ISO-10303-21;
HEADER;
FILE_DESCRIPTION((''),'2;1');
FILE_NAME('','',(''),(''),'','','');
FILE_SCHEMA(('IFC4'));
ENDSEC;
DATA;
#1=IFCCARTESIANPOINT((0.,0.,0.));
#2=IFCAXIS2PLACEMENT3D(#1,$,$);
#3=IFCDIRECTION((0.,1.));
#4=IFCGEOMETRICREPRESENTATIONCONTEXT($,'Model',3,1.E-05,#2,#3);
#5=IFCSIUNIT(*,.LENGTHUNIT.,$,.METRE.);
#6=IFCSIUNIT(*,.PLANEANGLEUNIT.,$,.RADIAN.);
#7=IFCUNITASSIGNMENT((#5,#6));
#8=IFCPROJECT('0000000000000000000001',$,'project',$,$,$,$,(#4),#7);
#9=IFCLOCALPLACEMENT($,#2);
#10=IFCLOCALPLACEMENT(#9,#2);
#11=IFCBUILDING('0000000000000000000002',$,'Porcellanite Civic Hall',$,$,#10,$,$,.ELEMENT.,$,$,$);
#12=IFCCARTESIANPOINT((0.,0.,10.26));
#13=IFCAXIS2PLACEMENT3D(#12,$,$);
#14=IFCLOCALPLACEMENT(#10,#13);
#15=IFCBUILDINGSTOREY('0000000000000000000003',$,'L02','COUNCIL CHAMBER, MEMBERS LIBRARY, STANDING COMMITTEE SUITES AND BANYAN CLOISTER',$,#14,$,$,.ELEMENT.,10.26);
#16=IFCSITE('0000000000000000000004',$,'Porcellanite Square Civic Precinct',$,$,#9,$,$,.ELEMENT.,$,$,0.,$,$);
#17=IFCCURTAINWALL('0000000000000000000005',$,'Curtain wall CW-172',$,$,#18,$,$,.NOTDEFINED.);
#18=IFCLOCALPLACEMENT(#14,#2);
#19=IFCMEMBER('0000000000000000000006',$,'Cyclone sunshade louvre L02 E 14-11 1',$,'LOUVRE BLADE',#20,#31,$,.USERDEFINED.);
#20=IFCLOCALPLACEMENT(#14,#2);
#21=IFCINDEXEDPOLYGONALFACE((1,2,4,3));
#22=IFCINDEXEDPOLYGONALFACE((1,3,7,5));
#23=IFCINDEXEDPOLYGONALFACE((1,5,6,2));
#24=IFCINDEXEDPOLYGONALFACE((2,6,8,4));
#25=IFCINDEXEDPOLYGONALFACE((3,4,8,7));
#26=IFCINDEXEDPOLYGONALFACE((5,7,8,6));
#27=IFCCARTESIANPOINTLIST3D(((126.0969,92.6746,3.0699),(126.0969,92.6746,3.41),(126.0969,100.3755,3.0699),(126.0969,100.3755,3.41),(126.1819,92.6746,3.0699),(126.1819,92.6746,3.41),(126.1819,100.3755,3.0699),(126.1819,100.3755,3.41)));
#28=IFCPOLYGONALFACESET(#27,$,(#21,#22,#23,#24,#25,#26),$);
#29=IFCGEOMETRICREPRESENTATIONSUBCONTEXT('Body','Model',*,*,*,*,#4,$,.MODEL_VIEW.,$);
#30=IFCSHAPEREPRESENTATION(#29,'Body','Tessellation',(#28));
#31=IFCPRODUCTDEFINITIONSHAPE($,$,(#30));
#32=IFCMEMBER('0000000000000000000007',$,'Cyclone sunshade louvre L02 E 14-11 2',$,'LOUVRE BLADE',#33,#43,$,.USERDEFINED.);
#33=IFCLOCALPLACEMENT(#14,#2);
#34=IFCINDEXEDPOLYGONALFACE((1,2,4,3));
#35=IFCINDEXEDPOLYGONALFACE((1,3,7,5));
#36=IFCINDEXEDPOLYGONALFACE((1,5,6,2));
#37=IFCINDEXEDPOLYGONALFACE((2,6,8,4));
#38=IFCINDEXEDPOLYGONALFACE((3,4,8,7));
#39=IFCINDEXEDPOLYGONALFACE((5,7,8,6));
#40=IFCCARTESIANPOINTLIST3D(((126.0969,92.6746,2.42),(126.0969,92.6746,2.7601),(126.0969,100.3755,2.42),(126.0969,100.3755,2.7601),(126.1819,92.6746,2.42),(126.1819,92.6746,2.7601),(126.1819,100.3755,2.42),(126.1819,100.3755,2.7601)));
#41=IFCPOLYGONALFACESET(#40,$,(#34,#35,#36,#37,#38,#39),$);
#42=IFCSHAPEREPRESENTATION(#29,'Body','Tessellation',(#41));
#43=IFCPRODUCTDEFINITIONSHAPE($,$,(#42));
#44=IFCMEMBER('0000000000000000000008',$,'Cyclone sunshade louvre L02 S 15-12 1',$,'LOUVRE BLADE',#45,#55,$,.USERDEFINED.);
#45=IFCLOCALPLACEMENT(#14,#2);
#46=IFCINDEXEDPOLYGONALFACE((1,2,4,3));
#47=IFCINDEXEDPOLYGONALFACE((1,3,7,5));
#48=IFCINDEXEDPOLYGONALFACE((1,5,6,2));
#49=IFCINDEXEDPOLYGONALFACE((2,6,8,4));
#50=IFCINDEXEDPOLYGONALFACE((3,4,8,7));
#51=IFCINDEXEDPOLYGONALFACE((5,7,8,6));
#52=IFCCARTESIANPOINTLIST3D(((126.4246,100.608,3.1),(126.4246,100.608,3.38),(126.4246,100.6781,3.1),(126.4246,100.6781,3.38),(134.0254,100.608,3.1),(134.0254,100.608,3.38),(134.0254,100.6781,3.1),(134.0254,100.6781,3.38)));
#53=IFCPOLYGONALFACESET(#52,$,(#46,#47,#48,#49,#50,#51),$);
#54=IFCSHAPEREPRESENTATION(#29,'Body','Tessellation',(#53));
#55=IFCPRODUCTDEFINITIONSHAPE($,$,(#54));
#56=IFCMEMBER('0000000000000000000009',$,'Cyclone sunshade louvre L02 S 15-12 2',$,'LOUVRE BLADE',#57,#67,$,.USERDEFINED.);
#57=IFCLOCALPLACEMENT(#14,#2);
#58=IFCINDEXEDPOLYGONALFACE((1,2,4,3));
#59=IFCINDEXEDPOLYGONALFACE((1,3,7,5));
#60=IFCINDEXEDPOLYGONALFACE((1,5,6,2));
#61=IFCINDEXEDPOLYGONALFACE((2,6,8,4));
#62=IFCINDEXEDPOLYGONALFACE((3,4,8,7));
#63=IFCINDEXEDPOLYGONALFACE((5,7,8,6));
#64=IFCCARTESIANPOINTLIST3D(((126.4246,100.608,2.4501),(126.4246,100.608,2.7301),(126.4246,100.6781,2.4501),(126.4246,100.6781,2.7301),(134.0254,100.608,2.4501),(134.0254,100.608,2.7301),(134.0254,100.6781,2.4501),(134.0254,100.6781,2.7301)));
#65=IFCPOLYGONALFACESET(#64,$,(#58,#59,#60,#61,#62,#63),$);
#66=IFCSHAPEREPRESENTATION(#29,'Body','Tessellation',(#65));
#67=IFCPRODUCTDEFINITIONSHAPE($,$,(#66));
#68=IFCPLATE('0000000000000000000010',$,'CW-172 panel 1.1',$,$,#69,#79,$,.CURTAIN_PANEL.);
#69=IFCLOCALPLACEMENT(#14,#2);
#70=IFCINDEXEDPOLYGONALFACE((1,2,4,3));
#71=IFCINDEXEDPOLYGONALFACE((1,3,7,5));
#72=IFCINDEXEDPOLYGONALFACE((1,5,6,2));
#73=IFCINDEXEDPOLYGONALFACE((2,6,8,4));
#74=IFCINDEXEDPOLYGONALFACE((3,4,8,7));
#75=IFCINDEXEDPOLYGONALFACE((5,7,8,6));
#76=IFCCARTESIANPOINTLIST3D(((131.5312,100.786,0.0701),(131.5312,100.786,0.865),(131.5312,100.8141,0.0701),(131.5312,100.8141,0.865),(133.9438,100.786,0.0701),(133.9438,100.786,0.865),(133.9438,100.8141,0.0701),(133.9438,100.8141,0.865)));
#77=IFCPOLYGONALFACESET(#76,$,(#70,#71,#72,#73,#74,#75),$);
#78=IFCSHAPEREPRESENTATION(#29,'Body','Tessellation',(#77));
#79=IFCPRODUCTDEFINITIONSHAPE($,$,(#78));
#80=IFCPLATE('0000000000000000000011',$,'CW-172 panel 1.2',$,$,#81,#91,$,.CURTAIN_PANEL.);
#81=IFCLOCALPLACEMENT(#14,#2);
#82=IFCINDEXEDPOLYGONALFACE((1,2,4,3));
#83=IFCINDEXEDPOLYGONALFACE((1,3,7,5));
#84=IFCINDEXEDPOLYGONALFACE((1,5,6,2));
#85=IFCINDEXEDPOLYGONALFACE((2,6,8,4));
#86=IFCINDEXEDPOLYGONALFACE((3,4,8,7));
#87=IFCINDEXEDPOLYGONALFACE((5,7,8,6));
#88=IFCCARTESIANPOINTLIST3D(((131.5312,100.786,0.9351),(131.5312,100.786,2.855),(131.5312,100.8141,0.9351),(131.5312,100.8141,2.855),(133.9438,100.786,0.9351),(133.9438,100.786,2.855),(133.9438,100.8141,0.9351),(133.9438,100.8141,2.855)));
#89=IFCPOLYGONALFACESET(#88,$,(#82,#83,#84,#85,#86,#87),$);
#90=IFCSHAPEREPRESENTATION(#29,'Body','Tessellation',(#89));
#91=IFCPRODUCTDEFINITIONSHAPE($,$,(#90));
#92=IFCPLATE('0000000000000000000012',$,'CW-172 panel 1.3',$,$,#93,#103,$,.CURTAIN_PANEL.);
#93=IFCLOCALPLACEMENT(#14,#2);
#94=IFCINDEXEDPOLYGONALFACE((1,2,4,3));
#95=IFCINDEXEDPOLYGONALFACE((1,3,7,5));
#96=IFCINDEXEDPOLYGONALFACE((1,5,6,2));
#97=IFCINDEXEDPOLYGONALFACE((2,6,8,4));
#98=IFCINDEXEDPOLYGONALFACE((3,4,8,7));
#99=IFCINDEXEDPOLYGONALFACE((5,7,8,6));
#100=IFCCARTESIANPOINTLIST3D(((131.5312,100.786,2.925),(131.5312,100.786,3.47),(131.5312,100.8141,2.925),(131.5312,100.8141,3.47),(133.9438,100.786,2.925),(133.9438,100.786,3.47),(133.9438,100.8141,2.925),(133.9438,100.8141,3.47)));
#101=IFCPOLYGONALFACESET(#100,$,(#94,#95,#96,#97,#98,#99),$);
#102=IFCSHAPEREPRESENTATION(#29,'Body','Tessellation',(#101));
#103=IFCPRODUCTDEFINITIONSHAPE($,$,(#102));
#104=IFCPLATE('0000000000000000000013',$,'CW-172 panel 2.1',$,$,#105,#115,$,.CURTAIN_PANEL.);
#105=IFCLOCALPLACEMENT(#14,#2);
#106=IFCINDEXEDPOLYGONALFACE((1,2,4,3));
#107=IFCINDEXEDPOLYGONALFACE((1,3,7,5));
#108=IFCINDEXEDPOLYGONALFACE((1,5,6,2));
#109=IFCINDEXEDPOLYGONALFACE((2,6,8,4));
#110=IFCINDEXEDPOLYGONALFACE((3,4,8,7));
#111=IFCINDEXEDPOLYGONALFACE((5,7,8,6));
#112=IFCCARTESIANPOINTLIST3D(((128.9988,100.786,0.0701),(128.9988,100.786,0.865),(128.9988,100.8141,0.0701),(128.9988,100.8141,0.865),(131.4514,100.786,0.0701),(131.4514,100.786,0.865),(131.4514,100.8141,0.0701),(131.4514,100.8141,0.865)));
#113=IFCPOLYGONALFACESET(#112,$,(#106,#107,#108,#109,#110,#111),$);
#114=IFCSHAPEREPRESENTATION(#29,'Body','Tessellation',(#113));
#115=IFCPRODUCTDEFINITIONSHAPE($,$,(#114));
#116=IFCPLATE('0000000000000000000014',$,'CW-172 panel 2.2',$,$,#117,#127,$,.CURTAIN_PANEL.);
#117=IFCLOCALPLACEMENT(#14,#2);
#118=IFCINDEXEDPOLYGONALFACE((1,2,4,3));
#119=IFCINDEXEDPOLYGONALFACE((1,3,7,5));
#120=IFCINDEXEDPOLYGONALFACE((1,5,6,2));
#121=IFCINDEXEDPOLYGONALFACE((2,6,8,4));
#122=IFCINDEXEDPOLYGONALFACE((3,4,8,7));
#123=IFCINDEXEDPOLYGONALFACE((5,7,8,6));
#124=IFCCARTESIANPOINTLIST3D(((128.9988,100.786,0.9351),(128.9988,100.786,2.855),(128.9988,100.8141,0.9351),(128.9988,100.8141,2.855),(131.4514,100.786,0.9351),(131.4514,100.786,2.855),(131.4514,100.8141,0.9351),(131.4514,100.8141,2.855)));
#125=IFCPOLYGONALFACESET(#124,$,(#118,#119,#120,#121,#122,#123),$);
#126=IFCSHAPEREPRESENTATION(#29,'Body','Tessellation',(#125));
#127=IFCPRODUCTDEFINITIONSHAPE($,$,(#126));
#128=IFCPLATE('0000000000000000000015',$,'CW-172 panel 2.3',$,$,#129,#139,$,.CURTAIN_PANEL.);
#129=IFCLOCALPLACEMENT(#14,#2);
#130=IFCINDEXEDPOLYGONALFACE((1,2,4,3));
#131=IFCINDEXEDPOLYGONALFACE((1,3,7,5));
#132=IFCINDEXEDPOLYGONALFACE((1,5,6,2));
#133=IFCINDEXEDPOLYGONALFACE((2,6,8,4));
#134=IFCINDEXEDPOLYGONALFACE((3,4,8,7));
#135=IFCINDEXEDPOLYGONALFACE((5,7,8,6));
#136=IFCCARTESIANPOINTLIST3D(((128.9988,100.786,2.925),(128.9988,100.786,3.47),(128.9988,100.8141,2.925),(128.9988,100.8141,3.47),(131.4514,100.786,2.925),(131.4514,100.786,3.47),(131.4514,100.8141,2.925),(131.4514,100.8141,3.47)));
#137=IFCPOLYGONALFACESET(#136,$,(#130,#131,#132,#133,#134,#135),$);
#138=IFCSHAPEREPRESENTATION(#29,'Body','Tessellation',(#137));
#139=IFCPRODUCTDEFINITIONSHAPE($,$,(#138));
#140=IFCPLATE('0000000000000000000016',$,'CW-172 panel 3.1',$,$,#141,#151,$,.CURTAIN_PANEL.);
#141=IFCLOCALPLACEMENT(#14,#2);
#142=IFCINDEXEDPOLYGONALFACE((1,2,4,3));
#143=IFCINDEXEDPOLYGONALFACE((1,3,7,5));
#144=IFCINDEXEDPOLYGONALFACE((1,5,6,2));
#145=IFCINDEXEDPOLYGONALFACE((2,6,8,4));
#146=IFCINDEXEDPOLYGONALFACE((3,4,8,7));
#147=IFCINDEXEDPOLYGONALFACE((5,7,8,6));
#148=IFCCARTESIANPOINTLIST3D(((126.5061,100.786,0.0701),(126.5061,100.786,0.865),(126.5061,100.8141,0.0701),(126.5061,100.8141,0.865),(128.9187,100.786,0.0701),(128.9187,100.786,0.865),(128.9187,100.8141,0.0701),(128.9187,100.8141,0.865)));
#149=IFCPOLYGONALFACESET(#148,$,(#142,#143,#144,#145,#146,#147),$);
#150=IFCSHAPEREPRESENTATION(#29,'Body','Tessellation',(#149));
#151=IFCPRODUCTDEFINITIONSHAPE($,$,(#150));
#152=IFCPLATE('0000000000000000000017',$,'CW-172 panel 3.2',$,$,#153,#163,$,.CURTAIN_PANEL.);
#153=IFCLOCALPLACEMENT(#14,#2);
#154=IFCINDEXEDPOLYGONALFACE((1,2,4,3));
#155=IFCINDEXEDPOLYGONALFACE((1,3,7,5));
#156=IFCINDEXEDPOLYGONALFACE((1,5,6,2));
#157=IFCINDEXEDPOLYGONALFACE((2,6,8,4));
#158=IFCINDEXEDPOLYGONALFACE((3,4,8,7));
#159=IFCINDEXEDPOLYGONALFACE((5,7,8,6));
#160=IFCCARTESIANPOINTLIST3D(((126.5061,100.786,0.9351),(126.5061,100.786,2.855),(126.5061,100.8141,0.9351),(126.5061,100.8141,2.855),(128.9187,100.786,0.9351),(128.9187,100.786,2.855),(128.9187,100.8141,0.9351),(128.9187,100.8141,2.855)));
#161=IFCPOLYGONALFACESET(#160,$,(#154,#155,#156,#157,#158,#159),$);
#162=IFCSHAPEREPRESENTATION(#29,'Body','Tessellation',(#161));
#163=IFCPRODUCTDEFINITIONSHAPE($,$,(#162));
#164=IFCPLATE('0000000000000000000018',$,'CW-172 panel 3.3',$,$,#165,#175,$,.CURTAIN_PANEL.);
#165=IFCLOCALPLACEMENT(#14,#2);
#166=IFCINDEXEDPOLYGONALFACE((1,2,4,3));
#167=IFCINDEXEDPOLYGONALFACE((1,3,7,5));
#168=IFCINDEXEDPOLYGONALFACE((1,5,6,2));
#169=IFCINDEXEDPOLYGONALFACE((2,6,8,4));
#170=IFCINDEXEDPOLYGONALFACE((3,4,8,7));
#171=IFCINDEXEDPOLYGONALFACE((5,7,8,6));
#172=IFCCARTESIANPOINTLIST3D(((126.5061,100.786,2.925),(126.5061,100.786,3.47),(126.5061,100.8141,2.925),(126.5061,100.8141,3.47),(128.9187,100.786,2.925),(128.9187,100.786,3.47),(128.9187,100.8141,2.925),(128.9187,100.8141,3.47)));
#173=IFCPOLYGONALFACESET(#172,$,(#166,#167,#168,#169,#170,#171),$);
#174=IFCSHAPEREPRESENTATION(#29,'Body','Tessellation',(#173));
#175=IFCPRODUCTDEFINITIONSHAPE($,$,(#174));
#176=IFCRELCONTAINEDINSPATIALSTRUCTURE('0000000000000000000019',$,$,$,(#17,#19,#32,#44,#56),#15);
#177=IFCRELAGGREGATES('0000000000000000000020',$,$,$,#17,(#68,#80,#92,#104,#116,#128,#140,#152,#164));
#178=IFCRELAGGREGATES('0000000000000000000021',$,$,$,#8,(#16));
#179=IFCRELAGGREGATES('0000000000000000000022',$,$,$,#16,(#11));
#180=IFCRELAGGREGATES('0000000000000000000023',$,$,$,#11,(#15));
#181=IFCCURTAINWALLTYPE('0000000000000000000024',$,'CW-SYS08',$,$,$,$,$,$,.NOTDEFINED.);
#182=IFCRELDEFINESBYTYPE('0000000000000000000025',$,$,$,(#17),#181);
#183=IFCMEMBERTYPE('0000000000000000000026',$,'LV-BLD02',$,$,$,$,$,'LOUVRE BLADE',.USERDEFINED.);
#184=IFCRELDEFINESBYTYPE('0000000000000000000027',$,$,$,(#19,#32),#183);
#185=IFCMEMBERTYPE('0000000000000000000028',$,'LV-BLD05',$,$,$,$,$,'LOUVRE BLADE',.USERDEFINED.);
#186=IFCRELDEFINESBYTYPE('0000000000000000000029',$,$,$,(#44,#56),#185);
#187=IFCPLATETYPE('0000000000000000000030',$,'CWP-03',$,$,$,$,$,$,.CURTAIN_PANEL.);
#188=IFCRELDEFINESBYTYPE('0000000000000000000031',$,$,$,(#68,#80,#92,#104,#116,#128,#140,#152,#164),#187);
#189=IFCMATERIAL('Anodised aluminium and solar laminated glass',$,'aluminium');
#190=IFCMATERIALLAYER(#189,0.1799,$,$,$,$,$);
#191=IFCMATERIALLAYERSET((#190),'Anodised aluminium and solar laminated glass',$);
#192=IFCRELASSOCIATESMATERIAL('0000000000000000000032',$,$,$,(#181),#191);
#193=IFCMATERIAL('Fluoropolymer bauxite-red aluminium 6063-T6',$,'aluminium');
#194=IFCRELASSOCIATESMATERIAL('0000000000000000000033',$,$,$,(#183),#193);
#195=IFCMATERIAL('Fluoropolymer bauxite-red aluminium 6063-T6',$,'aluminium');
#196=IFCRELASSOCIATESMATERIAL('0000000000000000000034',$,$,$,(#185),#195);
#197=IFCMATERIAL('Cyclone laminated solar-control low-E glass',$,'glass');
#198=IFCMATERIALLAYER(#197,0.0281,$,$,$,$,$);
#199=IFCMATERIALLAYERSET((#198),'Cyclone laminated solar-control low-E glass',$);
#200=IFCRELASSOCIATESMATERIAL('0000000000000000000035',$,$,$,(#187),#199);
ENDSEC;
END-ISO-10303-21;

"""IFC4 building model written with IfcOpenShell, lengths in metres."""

from ifc_helpers import new_model, si_unit, direction, frame, origin, origin_2d, place, context, subcontext, project, spatial, rectangle, extrude, material, layer, layer_set, material_profile, profile_set, type_object, element, aggregate, save


model = new_model("IFC4")

# Units and contexts
model_context = context("Model", 3, precision=1e-05, world=origin(), true_north=direction((0.0, 1.0)))
body_context = subcontext(model_context, "Body", "Model", "MODEL_VIEW")
ifc_project = project(units=[si_unit("LENGTHUNIT", "METRE"), si_unit("PLANEANGLEUNIT", "RADIAN")], contexts=[model_context])

# Site, building, storey
site_placement = place(None, origin())
site = spatial("IfcSite", under=ifc_project, at=site_placement, Name="Porcellanite Square Civic Precinct", CompositionType="ELEMENT", RefElevation=0.0)
building_placement = place(site_placement, origin())
building = spatial("IfcBuilding", under=site, at=building_placement, Name="Porcellanite Civic Hall", CompositionType="ELEMENT")
storey_placement = place(building_placement, frame((0.0, 0.0, 10.26)))
storey = spatial("IfcBuildingStorey", under=building, at=storey_placement, Name="L02", Description="COUNCIL CHAMBER, MEMBERS LIBRARY, STANDING COMMITTEE SUITES AND BANYAN CLOISTER", CompositionType="ELEMENT", Elevation=10.26)

# Curtain wall
ifc_material_1 = material(Name="Anodised aluminium and solar laminated glass", Category="aluminium")
ifc_layer_1 = layer(ifc_material_1, 0.1799)
ifc_layer_set_1 = layer_set([ifc_layer_1], Name="Anodised aluminium and solar laminated glass")
curtain_wall_type = type_object("IfcCurtainWallType", Name="CW-SYS08", PredefinedType="NOTDEFINED", material=ifc_layer_set_1)
curtain_wall_placement = place(storey_placement, origin())
curtain_wall = element("IfcCurtainWall", 1, at=curtain_wall_placement, inside=storey, type_object=curtain_wall_type, Name="Curtain wall CW-172", PredefinedType="NOTDEFINED")

# Members
ifc_material_2 = material(Name="Fluoropolymer bauxite-red aluminium 6063-T6", Category="aluminium")
ifc_material_profile_1 = material_profile(ifc_material_2, rectangle(XDim=0.085, YDim=0.3401, at=origin_2d()), Name="AL-85x340")
ifc_profile_set_1 = profile_set([ifc_material_profile_1], Name="Fluoropolymer bauxite-red aluminium 6063-T6")
member_type_1 = type_object("IfcMemberType", Name="LV-BLD02", ElementType="LOUVRE BLADE", PredefinedType="USERDEFINED", material=ifc_profile_set_1)
for number, where, z_axis, x_axis, name in (
    (2, (126.1394, 100.3755, 3.24), (0.0, -1.0, 0.0), (1.0, 0.0, 0.0), "Cyclone sunshade louvre L02 E 14-11 1"),
    (3, (126.1394, 100.3755, 2.5901), (0.0, -1.0, 0.0), (1.0, 0.0, 0.0), "Cyclone sunshade louvre L02 E 14-11 2"),
):
    element("IfcMember", number, at=place(storey_placement, frame(where, z_axis=z_axis, x_axis=x_axis)), inside=storey, type_object=member_type_1, Name=name, ObjectType="LOUVRE BLADE", PredefinedType="USERDEFINED", context=body_context, shape_type="SweptSolid", body=[
        extrude(rectangle(XDim=0.085, YDim=0.3401, at=origin_2d()), origin(), (0.0, 0.0, 1.0), 7.7009),
    ])
ifc_material_3 = material(Name="Fluoropolymer bauxite-red aluminium 6063-T6", Category="aluminium")
ifc_material_profile_2 = material_profile(ifc_material_3, rectangle(XDim=0.0701, YDim=0.28, at=origin_2d()), Name="AL-70x280")
ifc_profile_set_2 = profile_set([ifc_material_profile_2], Name="Fluoropolymer bauxite-red aluminium 6063-T6")
member_type_2 = type_object("IfcMemberType", Name="LV-BLD05", ElementType="LOUVRE BLADE", PredefinedType="USERDEFINED", material=ifc_profile_set_2)
for number, where, z_axis, x_axis, name in (
    (4, (134.0254, 100.6431, 3.24), (-1.0, 0.0, 0.0), (0.0, -1.0, 0.0), "Cyclone sunshade louvre L02 S 15-12 1"),
    (5, (134.0254, 100.6431, 2.5901), (-1.0, 0.0, 0.0), (0.0, -1.0, 0.0), "Cyclone sunshade louvre L02 S 15-12 2"),
):
    element("IfcMember", number, at=place(storey_placement, frame(where, z_axis=z_axis, x_axis=x_axis)), inside=storey, type_object=member_type_2, Name=name, ObjectType="LOUVRE BLADE", PredefinedType="USERDEFINED", context=body_context, shape_type="SweptSolid", body=[
        extrude(rectangle(XDim=0.0701, YDim=0.28, at=origin_2d()), origin(), (0.0, 0.0, 1.0), 7.6008),
    ])

# Plates
ifc_material_4 = material(Name="Cyclone laminated solar-control low-E glass", Category="glass")
ifc_layer_2 = layer(ifc_material_4, 0.0281)
ifc_layer_set_2 = layer_set([ifc_layer_2], Name="Cyclone laminated solar-control low-E glass")
plate_type = type_object("IfcPlateType", Name="CWP-03", PredefinedType="CURTAIN_PANEL", material=ifc_layer_set_2)
plate_1_placement = place(storey_placement, frame((132.7375, 100.8, 0.0701), z_axis=(0.0, 0.0, 1.0), x_axis=(-1.0, 0.0, 0.0)))
plate_1 = element("IfcPlate", 6, at=plate_1_placement, type_object=plate_type, Name="CW-172 panel 1.1", PredefinedType="CURTAIN_PANEL", context=body_context, shape_type="SweptSolid", body=[
    extrude(rectangle(XDim=2.4126, YDim=0.0281, at=origin_2d()), origin(), (0.0, 0.0, 1.0), 0.7949),
])
plate_2_placement = place(storey_placement, frame((132.7375, 100.8, 0.9351), z_axis=(0.0, 0.0, 1.0), x_axis=(-1.0, 0.0, 0.0)))
plate_2 = element("IfcPlate", 7, at=plate_2_placement, type_object=plate_type, Name="CW-172 panel 1.2", PredefinedType="CURTAIN_PANEL", context=body_context, shape_type="SweptSolid", body=[
    extrude(rectangle(XDim=2.4126, YDim=0.0281, at=origin_2d()), origin(), (0.0, 0.0, 1.0), 1.9199),
])
plate_3_placement = place(storey_placement, frame((132.7375, 100.8, 2.925), z_axis=(0.0, 0.0, 1.0), x_axis=(-1.0, 0.0, 0.0)))
plate_3 = element("IfcPlate", 8, at=plate_3_placement, type_object=plate_type, Name="CW-172 panel 1.3", PredefinedType="CURTAIN_PANEL", context=body_context, shape_type="SweptSolid", body=[
    extrude(rectangle(XDim=2.4126, YDim=0.0281, at=origin_2d()), origin(), (0.0, 0.0, 1.0), 0.5449),
])
plate_4_placement = place(storey_placement, frame((130.2251, 100.8, 0.0701), z_axis=(0.0, 0.0, 1.0), x_axis=(-1.0, 0.0, 0.0)))
plate_4 = element("IfcPlate", 9, at=plate_4_placement, type_object=plate_type, Name="CW-172 panel 2.1", PredefinedType="CURTAIN_PANEL", context=body_context, shape_type="SweptSolid", body=[
    extrude(rectangle(XDim=2.4526, YDim=0.0281, at=origin_2d()), origin(), (0.0, 0.0, 1.0), 0.7949),
])
plate_5_placement = place(storey_placement, frame((130.2251, 100.8, 0.9351), z_axis=(0.0, 0.0, 1.0), x_axis=(-1.0, 0.0, 0.0)))
plate_5 = element("IfcPlate", 10, at=plate_5_placement, type_object=plate_type, Name="CW-172 panel 2.2", PredefinedType="CURTAIN_PANEL", context=body_context, shape_type="SweptSolid", body=[
    extrude(rectangle(XDim=2.4526, YDim=0.0281, at=origin_2d()), origin(), (0.0, 0.0, 1.0), 1.9199),
])
plate_6_placement = place(storey_placement, frame((130.2251, 100.8, 2.925), z_axis=(0.0, 0.0, 1.0), x_axis=(-1.0, 0.0, 0.0)))
plate_6 = element("IfcPlate", 11, at=plate_6_placement, type_object=plate_type, Name="CW-172 panel 2.3", PredefinedType="CURTAIN_PANEL", context=body_context, shape_type="SweptSolid", body=[
    extrude(rectangle(XDim=2.4526, YDim=0.0281, at=origin_2d()), origin(), (0.0, 0.0, 1.0), 0.5449),
])
plate_7_placement = place(storey_placement, frame((127.7124, 100.8, 0.0701), z_axis=(0.0, 0.0, 1.0), x_axis=(-1.0, 0.0, 0.0)))
plate_7 = element("IfcPlate", 12, at=plate_7_placement, type_object=plate_type, Name="CW-172 panel 3.1", PredefinedType="CURTAIN_PANEL", context=body_context, shape_type="SweptSolid", body=[
    extrude(rectangle(XDim=2.4126, YDim=0.0281, at=origin_2d()), origin(), (0.0, 0.0, 1.0), 0.7949),
])
plate_8_placement = place(storey_placement, frame((127.7124, 100.8, 0.9351), z_axis=(0.0, 0.0, 1.0), x_axis=(-1.0, 0.0, 0.0)))
plate_8 = element("IfcPlate", 13, at=plate_8_placement, type_object=plate_type, Name="CW-172 panel 3.2", PredefinedType="CURTAIN_PANEL", context=body_context, shape_type="SweptSolid", body=[
    extrude(rectangle(XDim=2.4126, YDim=0.0281, at=origin_2d()), origin(), (0.0, 0.0, 1.0), 1.9199),
])
plate_9_placement = place(storey_placement, frame((127.7124, 100.8, 2.925), z_axis=(0.0, 0.0, 1.0), x_axis=(-1.0, 0.0, 0.0)))
plate_9 = element("IfcPlate", 14, at=plate_9_placement, type_object=plate_type, Name="CW-172 panel 3.3", PredefinedType="CURTAIN_PANEL", context=body_context, shape_type="SweptSolid", body=[
    extrude(rectangle(XDim=2.4126, YDim=0.0281, at=origin_2d()), origin(), (0.0, 0.0, 1.0), 0.5449),
])
aggregate(curtain_wall, [plate_1, plate_2, plate_3, plate_4, plate_5, plate_6, plate_7, plate_8, plate_9])

save(model, "model.ifc")
